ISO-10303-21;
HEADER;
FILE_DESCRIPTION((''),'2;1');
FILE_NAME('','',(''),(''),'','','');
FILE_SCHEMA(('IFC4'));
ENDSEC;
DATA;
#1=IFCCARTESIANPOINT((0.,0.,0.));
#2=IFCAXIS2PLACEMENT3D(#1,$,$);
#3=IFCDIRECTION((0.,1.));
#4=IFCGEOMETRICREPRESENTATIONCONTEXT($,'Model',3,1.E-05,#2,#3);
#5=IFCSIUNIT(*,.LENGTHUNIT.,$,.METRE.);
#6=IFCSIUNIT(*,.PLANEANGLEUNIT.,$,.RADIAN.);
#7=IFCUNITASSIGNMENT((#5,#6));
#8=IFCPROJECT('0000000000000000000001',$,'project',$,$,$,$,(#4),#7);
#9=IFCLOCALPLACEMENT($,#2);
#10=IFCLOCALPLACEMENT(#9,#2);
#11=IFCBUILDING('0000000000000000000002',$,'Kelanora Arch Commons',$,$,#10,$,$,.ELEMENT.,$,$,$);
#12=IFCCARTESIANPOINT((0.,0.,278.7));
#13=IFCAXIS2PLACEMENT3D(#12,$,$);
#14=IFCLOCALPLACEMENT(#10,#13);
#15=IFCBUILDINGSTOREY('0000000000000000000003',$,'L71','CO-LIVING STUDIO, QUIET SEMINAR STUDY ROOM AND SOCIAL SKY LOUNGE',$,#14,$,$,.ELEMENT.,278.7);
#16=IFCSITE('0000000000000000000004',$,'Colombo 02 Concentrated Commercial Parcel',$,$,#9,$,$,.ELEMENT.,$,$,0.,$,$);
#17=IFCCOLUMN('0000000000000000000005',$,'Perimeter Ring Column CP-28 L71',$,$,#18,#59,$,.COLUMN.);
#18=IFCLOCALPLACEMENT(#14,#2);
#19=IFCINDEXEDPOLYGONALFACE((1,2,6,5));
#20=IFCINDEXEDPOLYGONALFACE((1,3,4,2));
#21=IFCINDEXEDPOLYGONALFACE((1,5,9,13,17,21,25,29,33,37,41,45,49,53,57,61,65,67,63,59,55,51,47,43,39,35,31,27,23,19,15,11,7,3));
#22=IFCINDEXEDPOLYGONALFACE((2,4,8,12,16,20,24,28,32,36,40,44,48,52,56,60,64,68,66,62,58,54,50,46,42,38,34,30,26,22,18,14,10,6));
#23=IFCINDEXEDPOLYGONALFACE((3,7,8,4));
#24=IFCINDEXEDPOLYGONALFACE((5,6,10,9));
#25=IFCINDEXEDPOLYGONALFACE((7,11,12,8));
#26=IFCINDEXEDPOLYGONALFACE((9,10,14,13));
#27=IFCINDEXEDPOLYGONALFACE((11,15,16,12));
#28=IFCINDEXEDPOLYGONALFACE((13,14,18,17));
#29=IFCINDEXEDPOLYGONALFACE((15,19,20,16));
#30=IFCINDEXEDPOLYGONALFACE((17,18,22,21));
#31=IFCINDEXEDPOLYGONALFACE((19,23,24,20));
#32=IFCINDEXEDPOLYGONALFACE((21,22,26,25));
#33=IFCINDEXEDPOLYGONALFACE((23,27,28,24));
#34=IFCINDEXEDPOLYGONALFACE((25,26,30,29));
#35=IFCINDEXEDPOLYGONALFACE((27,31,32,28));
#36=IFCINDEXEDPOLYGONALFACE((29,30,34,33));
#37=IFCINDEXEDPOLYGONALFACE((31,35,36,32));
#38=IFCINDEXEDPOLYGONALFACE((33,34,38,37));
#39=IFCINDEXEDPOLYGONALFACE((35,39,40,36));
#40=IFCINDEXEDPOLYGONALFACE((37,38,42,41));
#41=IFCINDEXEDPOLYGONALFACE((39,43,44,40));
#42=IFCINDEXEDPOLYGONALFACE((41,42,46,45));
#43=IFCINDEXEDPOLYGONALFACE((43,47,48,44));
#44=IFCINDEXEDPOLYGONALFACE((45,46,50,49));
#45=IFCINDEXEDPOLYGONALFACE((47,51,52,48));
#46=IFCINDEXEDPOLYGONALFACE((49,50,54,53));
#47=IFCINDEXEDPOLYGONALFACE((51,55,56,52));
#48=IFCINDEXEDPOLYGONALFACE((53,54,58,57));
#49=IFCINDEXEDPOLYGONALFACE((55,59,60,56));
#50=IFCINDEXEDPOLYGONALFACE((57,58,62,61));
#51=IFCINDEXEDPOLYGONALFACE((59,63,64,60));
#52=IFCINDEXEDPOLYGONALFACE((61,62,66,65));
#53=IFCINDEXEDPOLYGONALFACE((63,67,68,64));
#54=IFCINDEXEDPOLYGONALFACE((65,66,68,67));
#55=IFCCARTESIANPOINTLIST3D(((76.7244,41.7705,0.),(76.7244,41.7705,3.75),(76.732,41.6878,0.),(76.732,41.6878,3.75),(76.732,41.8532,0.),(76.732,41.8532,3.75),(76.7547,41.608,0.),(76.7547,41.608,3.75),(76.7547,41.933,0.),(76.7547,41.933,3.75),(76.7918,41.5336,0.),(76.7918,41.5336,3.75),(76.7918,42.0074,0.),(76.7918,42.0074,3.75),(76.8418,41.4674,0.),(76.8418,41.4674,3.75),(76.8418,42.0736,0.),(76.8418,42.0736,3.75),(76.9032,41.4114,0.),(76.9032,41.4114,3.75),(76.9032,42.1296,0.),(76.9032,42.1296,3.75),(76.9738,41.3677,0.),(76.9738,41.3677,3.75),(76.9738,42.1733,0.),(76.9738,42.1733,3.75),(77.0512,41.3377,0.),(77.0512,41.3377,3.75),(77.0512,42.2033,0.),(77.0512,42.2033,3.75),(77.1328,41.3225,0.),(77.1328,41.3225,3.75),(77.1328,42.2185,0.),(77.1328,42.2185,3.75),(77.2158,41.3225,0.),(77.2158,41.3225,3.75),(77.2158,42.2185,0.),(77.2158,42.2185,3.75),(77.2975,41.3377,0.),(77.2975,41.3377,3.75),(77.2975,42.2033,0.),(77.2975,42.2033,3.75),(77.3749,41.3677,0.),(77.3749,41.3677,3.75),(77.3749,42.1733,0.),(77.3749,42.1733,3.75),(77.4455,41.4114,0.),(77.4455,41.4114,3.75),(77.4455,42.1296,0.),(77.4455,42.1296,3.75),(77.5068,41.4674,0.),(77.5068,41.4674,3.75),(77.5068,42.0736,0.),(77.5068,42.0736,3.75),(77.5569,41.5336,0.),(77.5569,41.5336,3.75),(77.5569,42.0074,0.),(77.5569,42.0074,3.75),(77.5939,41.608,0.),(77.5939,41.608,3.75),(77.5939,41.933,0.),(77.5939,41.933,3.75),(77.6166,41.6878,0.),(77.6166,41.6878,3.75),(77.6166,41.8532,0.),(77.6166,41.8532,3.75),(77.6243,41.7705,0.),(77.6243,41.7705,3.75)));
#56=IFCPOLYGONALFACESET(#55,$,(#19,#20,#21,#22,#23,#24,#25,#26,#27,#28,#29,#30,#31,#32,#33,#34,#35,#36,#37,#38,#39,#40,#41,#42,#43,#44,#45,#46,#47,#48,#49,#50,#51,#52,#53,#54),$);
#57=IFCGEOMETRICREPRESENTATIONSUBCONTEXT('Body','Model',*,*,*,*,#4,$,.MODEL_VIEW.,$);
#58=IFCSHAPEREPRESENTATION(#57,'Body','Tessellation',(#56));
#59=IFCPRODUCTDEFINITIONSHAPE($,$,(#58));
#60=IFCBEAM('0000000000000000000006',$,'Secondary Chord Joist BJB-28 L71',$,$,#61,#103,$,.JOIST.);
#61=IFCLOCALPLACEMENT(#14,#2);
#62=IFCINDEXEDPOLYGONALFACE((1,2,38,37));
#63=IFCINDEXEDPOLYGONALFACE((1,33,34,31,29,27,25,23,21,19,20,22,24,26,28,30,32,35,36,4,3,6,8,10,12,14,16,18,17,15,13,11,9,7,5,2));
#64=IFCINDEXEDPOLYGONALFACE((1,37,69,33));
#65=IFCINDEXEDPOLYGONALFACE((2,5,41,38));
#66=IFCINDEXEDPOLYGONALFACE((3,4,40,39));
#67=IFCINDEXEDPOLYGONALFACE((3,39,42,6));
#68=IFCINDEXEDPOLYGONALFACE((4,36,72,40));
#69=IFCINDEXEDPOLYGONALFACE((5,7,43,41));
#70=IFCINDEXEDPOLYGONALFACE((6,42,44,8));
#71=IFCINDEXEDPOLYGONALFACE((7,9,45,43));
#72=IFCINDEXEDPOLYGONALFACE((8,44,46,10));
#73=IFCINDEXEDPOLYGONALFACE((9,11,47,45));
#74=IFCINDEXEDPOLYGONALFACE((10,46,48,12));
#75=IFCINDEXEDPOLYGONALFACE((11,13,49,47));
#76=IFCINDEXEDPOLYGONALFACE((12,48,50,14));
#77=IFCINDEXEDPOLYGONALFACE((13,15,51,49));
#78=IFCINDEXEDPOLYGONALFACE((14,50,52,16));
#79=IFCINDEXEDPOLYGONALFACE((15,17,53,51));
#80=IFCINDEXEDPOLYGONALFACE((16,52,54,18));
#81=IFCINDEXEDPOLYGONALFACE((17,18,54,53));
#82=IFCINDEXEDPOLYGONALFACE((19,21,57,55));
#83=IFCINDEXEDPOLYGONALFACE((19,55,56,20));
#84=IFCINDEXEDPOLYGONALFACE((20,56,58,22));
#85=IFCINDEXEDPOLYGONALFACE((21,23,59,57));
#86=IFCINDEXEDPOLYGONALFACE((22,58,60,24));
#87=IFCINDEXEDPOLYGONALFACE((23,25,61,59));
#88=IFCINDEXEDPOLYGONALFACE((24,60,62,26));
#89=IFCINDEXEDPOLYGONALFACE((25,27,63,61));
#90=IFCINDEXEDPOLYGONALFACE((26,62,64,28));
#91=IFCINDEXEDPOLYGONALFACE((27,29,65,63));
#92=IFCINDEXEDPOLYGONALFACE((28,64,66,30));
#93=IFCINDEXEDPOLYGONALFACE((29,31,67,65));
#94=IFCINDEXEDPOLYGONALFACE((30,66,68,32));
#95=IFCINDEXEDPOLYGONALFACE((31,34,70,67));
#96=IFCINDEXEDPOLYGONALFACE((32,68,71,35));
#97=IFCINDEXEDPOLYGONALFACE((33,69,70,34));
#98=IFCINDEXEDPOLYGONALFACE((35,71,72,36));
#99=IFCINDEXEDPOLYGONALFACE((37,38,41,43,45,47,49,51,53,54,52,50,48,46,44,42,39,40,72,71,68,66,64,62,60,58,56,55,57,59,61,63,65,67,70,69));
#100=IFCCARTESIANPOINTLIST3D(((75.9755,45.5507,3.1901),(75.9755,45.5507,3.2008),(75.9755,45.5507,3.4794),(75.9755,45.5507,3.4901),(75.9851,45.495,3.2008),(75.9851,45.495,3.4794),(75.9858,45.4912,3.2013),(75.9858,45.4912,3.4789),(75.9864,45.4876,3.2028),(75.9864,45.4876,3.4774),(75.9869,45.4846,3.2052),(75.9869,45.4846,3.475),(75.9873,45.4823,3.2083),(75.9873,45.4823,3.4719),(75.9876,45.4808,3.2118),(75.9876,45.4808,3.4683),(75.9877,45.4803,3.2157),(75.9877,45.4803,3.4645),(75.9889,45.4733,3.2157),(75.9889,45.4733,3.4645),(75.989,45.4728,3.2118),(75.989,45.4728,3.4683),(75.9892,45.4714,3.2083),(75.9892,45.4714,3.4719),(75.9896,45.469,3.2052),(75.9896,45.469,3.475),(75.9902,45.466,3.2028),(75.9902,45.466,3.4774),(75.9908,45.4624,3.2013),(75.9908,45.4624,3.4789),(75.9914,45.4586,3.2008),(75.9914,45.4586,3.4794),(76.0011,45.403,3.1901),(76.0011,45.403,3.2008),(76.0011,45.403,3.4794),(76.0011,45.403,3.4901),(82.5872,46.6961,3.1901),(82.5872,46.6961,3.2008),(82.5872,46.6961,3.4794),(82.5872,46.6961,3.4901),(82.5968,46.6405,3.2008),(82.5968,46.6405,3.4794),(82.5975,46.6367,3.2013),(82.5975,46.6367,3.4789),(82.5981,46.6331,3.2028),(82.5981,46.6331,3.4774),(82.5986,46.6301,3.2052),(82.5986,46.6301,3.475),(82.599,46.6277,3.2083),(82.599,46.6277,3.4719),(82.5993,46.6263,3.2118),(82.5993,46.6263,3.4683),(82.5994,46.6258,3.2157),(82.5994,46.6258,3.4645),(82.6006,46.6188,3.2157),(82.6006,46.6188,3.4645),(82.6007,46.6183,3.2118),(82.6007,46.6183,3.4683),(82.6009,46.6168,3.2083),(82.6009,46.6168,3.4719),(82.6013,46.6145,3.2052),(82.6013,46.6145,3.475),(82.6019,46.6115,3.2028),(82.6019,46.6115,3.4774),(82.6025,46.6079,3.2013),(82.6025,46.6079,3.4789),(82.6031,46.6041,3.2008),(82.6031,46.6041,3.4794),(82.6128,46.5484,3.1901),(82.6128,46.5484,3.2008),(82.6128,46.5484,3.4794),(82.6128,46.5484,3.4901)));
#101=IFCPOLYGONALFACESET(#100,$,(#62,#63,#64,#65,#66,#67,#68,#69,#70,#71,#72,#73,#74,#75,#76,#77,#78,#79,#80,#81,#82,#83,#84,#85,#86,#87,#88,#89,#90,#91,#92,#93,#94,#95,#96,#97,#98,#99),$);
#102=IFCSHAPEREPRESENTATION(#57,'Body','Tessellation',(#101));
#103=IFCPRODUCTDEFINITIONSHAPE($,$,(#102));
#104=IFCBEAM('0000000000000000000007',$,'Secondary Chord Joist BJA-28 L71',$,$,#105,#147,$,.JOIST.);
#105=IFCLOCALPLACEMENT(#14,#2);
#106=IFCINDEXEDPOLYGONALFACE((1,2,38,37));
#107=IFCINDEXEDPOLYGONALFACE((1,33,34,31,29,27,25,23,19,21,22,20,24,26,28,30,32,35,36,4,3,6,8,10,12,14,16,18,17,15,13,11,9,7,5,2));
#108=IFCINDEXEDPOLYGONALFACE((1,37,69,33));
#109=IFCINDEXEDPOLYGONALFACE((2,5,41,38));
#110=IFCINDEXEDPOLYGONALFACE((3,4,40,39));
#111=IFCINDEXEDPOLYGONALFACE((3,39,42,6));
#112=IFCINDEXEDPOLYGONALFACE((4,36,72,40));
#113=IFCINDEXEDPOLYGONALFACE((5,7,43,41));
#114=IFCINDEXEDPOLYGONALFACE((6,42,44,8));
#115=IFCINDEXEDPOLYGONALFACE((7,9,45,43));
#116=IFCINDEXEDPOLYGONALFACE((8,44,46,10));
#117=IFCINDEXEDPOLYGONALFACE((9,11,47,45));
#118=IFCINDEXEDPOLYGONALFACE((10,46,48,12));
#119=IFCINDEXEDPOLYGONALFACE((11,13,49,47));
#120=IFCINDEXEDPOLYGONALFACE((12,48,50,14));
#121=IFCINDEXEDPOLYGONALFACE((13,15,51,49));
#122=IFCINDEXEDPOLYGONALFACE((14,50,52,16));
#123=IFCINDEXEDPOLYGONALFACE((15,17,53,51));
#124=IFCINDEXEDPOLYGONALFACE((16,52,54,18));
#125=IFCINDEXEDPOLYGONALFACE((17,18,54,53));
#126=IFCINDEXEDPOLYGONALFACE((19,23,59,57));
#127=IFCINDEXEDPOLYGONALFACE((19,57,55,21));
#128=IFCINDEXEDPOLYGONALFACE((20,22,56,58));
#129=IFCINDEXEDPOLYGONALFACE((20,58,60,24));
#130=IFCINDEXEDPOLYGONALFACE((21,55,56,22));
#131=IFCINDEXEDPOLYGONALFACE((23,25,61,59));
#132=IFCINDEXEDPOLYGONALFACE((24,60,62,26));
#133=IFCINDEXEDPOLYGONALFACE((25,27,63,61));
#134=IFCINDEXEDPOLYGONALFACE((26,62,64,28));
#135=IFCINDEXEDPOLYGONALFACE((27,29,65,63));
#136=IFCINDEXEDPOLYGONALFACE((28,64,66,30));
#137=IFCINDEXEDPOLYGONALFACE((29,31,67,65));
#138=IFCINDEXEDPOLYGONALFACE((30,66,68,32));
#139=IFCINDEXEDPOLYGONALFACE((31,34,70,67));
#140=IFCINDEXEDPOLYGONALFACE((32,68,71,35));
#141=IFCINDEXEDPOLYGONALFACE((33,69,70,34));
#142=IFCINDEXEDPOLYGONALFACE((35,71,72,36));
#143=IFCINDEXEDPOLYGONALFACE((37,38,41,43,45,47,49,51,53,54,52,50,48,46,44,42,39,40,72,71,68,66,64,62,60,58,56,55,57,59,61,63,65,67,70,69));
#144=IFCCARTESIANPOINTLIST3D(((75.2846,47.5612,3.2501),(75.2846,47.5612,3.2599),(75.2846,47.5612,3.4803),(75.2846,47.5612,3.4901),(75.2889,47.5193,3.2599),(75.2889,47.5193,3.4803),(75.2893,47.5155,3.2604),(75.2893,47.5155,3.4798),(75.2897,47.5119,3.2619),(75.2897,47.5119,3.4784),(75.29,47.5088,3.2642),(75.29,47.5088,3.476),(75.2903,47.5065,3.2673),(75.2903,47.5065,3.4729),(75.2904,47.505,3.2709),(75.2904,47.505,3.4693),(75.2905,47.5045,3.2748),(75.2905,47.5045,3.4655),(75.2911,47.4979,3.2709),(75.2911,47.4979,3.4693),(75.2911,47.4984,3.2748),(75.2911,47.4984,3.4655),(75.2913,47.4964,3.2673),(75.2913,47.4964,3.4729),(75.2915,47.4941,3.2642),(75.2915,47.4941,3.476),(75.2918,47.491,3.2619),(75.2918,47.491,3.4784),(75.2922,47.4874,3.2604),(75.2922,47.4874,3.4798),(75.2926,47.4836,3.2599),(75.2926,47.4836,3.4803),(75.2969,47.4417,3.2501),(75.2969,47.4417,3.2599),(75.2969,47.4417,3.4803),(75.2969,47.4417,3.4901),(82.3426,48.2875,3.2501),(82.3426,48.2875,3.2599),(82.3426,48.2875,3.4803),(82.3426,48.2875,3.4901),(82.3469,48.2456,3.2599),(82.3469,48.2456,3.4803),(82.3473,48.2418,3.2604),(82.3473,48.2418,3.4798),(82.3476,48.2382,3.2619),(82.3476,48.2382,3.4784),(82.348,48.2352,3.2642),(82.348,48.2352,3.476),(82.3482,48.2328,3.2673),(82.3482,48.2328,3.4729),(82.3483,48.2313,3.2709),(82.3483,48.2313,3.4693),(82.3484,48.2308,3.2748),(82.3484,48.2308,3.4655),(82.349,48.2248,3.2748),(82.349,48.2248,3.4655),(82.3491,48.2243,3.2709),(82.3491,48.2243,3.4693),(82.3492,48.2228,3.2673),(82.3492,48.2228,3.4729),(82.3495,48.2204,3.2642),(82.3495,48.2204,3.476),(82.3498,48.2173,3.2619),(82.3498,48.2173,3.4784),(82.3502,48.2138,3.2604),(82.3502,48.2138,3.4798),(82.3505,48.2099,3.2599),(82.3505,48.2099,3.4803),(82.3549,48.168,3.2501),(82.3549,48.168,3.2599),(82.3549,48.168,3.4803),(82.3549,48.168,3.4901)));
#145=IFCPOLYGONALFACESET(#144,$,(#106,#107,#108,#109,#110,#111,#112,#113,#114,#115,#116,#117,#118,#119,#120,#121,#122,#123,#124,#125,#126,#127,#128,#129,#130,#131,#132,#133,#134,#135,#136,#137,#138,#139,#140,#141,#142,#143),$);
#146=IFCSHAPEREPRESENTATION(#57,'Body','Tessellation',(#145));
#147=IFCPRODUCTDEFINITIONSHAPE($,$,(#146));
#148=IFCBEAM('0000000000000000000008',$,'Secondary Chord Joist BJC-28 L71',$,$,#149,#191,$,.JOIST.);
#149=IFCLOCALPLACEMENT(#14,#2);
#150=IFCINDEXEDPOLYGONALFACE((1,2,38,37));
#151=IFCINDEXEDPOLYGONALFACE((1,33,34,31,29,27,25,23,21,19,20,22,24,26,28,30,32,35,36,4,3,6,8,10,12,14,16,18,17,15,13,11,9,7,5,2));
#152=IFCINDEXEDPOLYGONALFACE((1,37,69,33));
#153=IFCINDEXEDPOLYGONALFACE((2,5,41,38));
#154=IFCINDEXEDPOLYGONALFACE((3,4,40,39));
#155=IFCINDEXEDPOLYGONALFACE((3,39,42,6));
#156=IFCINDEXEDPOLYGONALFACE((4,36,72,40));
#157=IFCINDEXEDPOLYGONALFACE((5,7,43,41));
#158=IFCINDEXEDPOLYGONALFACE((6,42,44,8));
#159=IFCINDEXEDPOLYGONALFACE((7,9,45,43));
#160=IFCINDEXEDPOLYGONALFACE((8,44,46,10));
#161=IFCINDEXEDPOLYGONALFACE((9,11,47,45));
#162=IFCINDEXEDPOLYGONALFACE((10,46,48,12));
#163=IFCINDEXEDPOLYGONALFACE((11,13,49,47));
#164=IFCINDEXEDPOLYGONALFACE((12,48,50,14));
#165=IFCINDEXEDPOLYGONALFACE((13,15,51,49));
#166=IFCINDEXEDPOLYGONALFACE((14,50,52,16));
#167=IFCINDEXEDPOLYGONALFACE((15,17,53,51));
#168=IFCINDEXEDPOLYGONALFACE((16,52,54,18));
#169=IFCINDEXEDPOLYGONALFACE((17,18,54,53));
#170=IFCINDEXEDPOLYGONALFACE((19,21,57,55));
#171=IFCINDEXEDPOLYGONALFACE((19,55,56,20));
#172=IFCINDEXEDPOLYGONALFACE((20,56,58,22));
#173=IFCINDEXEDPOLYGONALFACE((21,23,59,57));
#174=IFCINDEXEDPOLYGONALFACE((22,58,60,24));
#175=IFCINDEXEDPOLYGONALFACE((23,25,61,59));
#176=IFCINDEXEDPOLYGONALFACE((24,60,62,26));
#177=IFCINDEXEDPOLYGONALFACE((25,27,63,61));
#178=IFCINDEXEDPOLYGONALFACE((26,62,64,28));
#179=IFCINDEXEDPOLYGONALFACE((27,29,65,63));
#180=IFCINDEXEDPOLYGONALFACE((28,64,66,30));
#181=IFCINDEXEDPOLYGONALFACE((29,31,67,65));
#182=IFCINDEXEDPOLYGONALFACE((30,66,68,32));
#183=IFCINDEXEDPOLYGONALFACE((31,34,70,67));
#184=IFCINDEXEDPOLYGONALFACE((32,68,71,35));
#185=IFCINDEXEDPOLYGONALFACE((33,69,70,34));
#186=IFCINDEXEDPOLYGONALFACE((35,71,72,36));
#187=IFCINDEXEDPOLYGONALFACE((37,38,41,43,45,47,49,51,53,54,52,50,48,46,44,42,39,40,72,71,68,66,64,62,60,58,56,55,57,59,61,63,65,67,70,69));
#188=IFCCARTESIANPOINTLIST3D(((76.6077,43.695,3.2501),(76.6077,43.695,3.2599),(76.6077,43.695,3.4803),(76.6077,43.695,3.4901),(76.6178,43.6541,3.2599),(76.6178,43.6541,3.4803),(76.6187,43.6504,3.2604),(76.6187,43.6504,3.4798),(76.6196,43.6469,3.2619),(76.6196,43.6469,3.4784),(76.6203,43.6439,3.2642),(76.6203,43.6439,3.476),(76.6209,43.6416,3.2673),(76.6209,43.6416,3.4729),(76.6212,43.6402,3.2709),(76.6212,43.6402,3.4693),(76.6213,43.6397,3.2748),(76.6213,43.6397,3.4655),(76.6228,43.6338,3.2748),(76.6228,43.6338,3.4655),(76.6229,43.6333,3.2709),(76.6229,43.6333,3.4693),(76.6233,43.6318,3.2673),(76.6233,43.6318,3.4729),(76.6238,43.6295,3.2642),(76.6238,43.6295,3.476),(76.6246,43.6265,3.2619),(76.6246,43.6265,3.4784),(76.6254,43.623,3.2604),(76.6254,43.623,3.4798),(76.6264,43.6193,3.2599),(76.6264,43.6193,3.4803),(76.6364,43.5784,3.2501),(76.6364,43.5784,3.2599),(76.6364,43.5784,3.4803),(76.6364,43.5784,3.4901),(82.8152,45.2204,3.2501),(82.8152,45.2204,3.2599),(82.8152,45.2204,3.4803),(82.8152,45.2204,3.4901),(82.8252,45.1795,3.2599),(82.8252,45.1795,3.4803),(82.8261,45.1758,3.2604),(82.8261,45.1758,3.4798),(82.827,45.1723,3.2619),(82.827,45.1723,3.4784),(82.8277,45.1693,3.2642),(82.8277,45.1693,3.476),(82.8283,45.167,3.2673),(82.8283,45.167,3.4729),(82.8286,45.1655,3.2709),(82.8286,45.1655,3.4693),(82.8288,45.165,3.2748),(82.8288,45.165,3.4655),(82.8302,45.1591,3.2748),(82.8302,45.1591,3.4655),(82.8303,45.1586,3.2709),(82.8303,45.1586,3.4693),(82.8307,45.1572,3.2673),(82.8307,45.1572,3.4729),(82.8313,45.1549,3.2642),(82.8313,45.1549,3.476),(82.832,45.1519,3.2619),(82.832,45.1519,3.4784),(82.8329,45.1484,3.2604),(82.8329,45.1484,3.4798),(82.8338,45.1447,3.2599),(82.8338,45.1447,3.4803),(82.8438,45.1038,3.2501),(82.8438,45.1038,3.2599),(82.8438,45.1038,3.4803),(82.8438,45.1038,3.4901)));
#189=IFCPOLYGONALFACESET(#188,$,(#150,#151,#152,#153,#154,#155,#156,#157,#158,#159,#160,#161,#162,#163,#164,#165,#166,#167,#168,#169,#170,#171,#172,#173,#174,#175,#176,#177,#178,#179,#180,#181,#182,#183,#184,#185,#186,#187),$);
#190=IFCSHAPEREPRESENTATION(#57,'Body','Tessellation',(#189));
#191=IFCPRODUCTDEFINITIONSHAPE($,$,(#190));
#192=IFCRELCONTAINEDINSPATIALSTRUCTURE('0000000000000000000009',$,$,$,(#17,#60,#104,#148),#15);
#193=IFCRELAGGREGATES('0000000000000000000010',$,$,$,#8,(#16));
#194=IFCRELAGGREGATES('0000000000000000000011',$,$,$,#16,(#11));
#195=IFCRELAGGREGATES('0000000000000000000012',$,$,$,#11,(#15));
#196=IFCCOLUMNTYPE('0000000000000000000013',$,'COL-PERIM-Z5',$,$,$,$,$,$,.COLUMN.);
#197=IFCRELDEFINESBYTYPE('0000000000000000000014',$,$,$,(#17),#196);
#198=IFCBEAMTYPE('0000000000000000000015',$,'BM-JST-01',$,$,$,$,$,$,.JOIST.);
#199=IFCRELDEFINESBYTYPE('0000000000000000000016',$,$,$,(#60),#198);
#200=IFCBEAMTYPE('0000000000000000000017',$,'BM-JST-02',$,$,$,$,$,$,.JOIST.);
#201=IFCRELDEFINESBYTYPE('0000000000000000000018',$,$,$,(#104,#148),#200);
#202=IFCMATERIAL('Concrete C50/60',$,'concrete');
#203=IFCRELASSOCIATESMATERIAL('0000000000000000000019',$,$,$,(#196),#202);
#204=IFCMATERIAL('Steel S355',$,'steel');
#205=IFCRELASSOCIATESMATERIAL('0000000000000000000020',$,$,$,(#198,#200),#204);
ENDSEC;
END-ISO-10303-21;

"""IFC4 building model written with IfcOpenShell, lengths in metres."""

from ifc_helpers import new_model, si_unit, direction, frame, origin, origin_2d, place, context, subcontext, project, spatial, circle, i_section, extrude, material, material_profile, profile_set, type_object, element, save


model = new_model("IFC4")

# Units and contexts
model_context = context("Model", 3, precision=1e-05, world=origin(), true_north=direction((0.0, 1.0)))
body_context = subcontext(model_context, "Body", "Model", "MODEL_VIEW")
ifc_project = project(units=[si_unit("LENGTHUNIT", "METRE"), si_unit("PLANEANGLEUNIT", "RADIAN")], contexts=[model_context])

# Site, building, storey
site_placement = place(None, origin())
site = spatial("IfcSite", under=ifc_project, at=site_placement, Name="Colombo 02 Concentrated Commercial Parcel", CompositionType="ELEMENT", RefElevation=0.0)
building_placement = place(site_placement, origin())
building = spatial("IfcBuilding", under=site, at=building_placement, Name="Kelanora Arch Commons", CompositionType="ELEMENT")
storey_placement = place(building_placement, frame((0.0, 0.0, 278.7)))
storey = spatial("IfcBuildingStorey", under=building, at=storey_placement, Name="L71", Description="CO-LIVING STUDIO, QUIET SEMINAR STUDY ROOM AND SOCIAL SKY LOUNGE", CompositionType="ELEMENT", Elevation=278.7)

# Column
ifc_material_1 = material(Name="Concrete C50/60", Category="concrete")
ifc_material_profile_1 = material_profile(ifc_material_1, circle(Radius=0.45, at=origin_2d()), Name="RCC900")
ifc_profile_set_1 = profile_set([ifc_material_profile_1], Name="Concrete C50/60")
column_type = type_object("IfcColumnType", Name="COL-PERIM-Z5", PredefinedType="COLUMN", material=ifc_profile_set_1)
column_placement = place(storey_placement, frame((77.1743, 41.7705, 0.0), z_axis=(0.0, 0.0, 1.0), x_axis=(1.0, 0.0, 0.0)))
element("IfcColumn", 1, at=column_placement, inside=storey, type_object=column_type, Name="Perimeter Ring Column CP-28 L71", PredefinedType="COLUMN", context=body_context, shape_type="SweptSolid", body=[
    extrude(circle(Radius=0.45, at=origin_2d()), origin(), (0.0, 0.0, 1.0), 3.75),
])

# Beams
ifc_material_2 = material(Name="Steel S355", Category="steel")
ifc_material_profile_2 = material_profile(ifc_material_2, i_section(OverallWidth=0.1499, OverallDepth=0.3, WebThickness=0.0071, FlangeThickness=0.0107, FilletRadius=0.0149, at=origin_2d()), Name="IPE300")
ifc_profile_set_2 = profile_set([ifc_material_profile_2], Name="Steel S355")
beam_type_1 = type_object("IfcBeamType", Name="BM-JST-01", PredefinedType="JOIST", material=ifc_profile_set_2)
beam_1_placement = place(storey_placement, frame((75.9883, 45.4768, 3.3401), z_axis=(0.985322, 0.170709, 0.0), x_axis=(-0.170709, 0.985322, 0.0)))
element("IfcBeam", 2, at=beam_1_placement, inside=storey, type_object=beam_type_1, Name="Secondary Chord Joist BJB-28 L71", PredefinedType="JOIST", context=body_context, shape_type="SweptSolid", body=[
    extrude(i_section(OverallWidth=0.1499, OverallDepth=0.3, WebThickness=0.0071, FlangeThickness=0.0107, FilletRadius=0.0149, at=origin_2d()), origin(), (0.0, 0.0, 1.0), 6.7102),
])
ifc_material_profile_3 = material_profile(ifc_material_2, i_section(OverallWidth=0.1201, OverallDepth=0.24, WebThickness=0.0061, FlangeThickness=0.0098, FilletRadius=0.0149, at=origin_2d()), Name="IPE240")
ifc_profile_set_3 = profile_set([ifc_material_profile_3], Name="Steel S355")
beam_type_2 = type_object("IfcBeamType", Name="BM-JST-02", PredefinedType="JOIST", material=ifc_profile_set_3)
beam_2_placement = place(storey_placement, frame((75.2908, 47.5015, 3.3701), z_axis=(0.994747, 0.102369, 0.0), x_axis=(-0.102369, 0.994747, 0.0)))
element("IfcBeam", 3, at=beam_2_placement, inside=storey, type_object=beam_type_2, Name="Secondary Chord Joist BJA-28 L71", PredefinedType="JOIST", context=body_context, shape_type="SweptSolid", body=[
    extrude(i_section(OverallWidth=0.1201, OverallDepth=0.24, WebThickness=0.0061, FlangeThickness=0.0098, FilletRadius=0.0149, at=origin_2d()), origin(), (0.0, 0.0, 1.0), 7.0952),
])
beam_3_placement = place(storey_placement, frame((76.6221, 43.6367, 3.3701), z_axis=(0.97111, 0.238633, 0.0), x_axis=(-0.238633, 0.97111, 0.0)))
element("IfcBeam", 4, at=beam_3_placement, inside=storey, type_object=beam_type_2, Name="Secondary Chord Joist BJC-28 L71", PredefinedType="JOIST", context=body_context, shape_type="SweptSolid", body=[
    extrude(i_section(OverallWidth=0.1201, OverallDepth=0.24, WebThickness=0.0061, FlangeThickness=0.0098, FilletRadius=0.0149, at=origin_2d()), origin(), (0.0, 0.0, 1.0), 6.3921),
])

save(model, "model.ifc")
